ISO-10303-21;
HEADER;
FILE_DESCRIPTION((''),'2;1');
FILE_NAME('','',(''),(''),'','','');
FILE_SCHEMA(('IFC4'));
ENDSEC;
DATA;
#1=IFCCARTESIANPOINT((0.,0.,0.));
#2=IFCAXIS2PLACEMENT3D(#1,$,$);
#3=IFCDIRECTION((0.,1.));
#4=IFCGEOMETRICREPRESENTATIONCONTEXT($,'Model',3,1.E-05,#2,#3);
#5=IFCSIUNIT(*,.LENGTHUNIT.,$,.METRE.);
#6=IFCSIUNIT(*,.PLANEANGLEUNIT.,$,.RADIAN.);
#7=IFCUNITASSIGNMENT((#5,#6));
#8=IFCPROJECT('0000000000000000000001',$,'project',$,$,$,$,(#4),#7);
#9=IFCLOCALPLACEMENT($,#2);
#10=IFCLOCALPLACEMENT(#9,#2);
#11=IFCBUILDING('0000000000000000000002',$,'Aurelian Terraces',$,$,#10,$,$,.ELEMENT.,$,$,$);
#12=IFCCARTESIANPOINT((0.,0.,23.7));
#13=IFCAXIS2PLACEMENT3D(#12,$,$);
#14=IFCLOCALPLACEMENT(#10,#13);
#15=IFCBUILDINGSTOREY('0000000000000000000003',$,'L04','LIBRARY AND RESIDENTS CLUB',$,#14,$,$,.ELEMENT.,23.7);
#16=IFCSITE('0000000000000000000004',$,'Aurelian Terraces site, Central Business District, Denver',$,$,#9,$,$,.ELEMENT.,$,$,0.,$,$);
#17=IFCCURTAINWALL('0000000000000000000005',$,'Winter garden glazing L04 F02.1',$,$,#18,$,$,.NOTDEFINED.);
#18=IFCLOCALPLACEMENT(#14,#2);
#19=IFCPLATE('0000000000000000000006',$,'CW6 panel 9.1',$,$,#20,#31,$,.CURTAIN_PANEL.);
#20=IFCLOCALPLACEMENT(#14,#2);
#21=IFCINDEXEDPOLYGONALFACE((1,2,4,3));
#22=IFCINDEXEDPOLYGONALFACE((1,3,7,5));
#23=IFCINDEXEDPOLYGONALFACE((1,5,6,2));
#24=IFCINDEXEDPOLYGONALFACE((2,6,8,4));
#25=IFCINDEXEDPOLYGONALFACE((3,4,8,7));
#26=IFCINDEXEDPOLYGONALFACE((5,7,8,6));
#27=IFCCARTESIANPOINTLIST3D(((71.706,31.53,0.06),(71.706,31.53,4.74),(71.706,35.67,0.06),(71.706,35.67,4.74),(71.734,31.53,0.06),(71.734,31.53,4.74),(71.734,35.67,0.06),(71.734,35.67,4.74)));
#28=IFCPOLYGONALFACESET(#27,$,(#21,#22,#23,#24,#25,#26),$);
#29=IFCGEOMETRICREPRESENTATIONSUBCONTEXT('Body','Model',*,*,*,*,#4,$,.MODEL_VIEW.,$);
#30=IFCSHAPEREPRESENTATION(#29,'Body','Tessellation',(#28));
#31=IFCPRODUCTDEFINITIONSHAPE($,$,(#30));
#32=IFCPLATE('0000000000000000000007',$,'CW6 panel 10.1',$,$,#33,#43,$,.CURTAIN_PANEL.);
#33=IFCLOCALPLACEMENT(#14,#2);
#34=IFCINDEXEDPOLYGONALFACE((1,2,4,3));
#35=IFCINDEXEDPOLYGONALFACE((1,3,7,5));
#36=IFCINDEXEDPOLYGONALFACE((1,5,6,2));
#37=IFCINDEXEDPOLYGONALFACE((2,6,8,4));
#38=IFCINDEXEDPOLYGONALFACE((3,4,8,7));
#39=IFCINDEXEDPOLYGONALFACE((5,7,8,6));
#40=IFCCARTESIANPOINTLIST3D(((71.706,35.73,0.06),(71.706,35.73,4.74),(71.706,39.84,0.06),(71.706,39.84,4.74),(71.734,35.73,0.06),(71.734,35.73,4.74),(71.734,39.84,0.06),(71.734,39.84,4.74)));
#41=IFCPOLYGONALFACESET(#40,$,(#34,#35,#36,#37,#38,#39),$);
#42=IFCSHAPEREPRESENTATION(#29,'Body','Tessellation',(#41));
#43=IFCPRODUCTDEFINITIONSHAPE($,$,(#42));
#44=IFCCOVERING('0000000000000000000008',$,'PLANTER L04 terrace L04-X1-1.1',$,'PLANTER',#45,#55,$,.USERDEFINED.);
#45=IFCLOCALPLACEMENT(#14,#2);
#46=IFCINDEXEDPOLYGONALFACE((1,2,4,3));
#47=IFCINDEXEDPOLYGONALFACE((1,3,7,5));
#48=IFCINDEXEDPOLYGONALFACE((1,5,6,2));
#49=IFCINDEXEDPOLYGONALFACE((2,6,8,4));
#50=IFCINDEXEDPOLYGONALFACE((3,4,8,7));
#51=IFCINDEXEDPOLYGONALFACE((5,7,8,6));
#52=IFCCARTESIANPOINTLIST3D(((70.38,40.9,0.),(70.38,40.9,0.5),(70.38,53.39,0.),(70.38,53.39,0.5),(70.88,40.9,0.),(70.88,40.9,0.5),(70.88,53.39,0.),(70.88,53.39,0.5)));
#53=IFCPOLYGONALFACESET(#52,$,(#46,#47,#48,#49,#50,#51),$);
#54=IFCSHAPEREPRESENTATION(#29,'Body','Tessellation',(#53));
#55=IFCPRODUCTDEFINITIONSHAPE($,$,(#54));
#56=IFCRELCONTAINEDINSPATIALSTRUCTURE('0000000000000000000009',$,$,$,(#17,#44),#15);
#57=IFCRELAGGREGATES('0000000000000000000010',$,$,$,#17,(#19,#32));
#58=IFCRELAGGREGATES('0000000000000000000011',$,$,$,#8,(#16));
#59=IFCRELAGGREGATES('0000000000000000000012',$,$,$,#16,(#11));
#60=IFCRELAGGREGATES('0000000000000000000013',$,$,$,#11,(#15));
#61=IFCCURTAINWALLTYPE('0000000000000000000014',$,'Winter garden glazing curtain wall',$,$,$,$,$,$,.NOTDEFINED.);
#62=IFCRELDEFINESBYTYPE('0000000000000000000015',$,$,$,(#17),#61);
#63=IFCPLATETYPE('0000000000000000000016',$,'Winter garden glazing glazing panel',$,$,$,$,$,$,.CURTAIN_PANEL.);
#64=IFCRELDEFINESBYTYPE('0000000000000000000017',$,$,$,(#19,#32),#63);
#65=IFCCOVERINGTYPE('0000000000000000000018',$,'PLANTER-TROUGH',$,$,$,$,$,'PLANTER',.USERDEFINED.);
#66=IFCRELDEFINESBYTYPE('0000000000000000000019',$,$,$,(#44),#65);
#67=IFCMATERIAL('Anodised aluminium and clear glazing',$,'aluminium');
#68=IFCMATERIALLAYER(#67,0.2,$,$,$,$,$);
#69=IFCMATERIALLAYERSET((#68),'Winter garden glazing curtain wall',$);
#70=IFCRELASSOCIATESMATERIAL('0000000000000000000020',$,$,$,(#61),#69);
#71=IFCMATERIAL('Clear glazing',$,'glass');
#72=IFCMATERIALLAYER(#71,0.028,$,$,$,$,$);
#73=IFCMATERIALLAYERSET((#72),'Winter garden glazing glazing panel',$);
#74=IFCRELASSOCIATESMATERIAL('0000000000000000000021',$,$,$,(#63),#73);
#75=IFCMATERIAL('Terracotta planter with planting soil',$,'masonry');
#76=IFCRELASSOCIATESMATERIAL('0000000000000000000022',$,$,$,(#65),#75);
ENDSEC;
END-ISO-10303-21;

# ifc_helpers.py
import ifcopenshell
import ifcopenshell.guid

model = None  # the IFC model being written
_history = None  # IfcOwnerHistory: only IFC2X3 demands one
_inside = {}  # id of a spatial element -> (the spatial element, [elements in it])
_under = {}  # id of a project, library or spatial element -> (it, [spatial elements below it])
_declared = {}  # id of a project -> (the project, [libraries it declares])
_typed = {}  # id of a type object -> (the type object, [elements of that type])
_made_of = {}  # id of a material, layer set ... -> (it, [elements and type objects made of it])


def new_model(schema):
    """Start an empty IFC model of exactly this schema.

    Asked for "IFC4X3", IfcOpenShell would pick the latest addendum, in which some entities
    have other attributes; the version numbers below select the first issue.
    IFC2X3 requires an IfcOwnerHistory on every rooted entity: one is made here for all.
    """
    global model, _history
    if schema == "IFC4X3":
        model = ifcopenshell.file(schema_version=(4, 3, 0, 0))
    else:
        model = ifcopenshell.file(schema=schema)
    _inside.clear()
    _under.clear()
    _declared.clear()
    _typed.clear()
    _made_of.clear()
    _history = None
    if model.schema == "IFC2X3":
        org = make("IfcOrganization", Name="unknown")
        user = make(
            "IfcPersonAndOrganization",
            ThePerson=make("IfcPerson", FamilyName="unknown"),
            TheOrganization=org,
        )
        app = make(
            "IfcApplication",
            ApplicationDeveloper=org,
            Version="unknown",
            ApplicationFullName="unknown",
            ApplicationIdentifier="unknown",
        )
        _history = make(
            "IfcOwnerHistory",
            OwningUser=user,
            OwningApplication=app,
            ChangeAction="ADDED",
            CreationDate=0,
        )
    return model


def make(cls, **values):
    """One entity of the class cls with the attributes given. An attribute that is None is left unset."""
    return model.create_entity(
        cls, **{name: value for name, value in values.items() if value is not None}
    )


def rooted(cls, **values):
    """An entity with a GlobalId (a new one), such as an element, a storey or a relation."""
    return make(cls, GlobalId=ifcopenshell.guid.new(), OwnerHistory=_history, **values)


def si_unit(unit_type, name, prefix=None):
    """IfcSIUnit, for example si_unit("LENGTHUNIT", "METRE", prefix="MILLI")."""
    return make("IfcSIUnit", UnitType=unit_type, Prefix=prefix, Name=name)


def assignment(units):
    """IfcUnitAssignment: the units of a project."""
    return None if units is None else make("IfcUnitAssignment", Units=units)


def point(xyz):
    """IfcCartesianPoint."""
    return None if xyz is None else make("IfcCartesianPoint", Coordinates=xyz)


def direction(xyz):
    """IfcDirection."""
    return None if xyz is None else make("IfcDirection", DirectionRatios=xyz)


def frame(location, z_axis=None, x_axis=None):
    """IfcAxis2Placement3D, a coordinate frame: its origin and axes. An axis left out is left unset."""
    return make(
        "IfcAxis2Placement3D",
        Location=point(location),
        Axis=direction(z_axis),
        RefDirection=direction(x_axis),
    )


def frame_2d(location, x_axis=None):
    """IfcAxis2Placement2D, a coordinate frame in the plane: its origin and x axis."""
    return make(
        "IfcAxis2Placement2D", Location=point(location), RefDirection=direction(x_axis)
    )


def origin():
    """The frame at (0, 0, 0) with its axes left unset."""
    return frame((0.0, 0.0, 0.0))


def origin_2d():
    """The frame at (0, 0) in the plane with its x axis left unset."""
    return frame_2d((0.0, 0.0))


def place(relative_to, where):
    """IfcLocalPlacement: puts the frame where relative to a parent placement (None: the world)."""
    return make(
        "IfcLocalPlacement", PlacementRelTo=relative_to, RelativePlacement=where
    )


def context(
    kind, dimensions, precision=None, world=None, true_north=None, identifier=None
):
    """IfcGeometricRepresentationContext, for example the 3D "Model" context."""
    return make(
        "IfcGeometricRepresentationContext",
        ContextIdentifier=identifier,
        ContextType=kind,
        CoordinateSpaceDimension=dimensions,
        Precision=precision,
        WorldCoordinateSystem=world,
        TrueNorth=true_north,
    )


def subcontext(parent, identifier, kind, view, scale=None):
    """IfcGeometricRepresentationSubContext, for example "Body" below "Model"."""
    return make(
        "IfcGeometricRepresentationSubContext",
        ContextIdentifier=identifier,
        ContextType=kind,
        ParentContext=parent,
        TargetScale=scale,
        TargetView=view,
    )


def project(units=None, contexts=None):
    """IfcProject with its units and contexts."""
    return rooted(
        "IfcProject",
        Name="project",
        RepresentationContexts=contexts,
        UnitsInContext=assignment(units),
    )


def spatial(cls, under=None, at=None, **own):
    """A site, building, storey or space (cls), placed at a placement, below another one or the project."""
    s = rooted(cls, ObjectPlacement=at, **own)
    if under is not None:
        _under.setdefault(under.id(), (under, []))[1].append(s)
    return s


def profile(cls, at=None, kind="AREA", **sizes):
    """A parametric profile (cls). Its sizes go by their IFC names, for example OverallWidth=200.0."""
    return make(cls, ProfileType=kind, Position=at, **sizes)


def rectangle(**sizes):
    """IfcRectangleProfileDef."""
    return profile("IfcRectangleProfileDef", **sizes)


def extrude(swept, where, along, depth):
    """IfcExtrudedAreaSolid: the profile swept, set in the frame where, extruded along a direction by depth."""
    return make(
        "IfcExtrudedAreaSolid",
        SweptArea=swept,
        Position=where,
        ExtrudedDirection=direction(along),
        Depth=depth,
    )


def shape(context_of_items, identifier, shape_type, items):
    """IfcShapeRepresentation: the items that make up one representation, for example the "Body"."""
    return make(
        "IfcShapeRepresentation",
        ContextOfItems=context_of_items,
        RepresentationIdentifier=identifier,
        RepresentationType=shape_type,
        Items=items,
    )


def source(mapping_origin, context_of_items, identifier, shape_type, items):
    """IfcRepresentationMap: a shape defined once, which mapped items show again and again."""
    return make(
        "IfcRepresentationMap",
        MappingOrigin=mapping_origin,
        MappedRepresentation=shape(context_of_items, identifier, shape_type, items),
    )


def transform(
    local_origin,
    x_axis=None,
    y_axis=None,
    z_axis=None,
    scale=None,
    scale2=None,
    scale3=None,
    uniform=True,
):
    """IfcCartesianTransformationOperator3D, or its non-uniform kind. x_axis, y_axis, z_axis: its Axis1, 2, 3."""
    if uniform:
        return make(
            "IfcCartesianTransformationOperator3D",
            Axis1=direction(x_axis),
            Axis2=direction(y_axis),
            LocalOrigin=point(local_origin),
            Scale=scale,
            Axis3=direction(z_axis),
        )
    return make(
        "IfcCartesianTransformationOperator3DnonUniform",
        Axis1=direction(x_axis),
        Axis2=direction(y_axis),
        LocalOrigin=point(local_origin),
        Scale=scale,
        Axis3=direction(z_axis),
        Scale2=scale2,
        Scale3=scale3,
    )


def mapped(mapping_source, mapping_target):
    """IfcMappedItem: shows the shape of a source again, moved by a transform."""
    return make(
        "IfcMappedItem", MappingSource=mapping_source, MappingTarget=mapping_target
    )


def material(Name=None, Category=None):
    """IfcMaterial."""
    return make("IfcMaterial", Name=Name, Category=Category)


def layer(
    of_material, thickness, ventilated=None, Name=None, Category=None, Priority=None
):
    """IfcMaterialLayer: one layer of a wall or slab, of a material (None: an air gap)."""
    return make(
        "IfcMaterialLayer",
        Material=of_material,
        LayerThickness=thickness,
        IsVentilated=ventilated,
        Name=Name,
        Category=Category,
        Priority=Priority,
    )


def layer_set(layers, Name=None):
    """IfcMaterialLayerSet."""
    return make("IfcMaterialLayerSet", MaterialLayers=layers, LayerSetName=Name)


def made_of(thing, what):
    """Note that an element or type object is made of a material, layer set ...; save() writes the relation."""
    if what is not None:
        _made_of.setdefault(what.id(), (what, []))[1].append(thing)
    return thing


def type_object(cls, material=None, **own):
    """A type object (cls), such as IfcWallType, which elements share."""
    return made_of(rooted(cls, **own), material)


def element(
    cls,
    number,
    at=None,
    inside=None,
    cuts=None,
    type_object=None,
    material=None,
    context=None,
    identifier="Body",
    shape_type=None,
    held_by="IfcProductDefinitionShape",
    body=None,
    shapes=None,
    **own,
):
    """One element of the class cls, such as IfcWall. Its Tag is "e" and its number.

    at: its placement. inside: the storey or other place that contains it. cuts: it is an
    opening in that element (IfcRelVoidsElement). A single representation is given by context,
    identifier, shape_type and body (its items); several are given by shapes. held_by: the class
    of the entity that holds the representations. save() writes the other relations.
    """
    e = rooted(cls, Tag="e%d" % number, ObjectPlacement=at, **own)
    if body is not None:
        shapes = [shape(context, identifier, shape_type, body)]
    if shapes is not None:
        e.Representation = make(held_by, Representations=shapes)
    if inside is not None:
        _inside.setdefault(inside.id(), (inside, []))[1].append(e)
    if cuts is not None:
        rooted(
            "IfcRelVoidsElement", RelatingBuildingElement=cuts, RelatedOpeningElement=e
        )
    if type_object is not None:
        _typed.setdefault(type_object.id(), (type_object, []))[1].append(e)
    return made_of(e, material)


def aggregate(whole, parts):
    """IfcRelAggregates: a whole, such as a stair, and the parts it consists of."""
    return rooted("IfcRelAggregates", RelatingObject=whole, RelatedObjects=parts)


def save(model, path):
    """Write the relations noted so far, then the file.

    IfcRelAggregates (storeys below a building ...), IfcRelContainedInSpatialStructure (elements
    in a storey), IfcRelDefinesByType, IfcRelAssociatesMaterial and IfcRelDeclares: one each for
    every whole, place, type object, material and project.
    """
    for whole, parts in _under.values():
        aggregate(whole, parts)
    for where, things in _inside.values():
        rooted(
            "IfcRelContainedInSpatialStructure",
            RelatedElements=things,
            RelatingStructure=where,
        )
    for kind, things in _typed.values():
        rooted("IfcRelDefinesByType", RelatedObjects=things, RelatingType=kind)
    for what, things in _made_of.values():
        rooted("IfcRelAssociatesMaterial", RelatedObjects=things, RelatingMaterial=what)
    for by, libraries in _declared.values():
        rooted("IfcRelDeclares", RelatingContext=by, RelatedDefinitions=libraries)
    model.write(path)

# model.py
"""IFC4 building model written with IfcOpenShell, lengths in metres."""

from ifc_helpers import new_model, si_unit, direction, frame, origin, origin_2d, place, context, subcontext, project, spatial, rectangle, extrude, source, transform, mapped, material, layer, layer_set, type_object, element, aggregate, save


model = new_model("IFC4")

# Units and contexts
model_context = context("Model", 3, precision=1e-05, world=origin(), true_north=direction((0.0, 1.0)))
body_context = subcontext(model_context, "Body", "Model", "MODEL_VIEW")
ifc_project = project(units=[si_unit("LENGTHUNIT", "METRE"), si_unit("PLANEANGLEUNIT", "RADIAN")], contexts=[model_context])

# Site, building, storey
site_placement = place(None, origin())
site = spatial("IfcSite", under=ifc_project, at=site_placement, Name="Aurelian Terraces site, Central Business District, Denver", CompositionType="ELEMENT", RefElevation=0.0)
building_placement = place(site_placement, origin())
building = spatial("IfcBuilding", under=site, at=building_placement, Name="Aurelian Terraces", CompositionType="ELEMENT")
storey_placement = place(building_placement, frame((0.0, 0.0, 23.7)))
storey = spatial("IfcBuildingStorey", under=building, at=storey_placement, Name="L04", Description="LIBRARY AND RESIDENTS CLUB", CompositionType="ELEMENT", Elevation=23.7)

# Shared definitions
ifc_material_1 = material(Name="Anodised aluminium and clear glazing", Category="aluminium")
ifc_layer_1 = layer(ifc_material_1, 0.2)
ifc_layer_set_1 = layer_set([ifc_layer_1], Name="Winter garden glazing curtain wall")
curtain_wall_type = type_object("IfcCurtainWallType", Name="Winter garden glazing curtain wall", PredefinedType="NOTDEFINED", material=ifc_layer_set_1)

# Curtain wall
curtain_wall_1_placement = place(storey_placement, origin())
curtain_wall_1 = element("IfcCurtainWall", 1, at=curtain_wall_1_placement, inside=storey, type_object=curtain_wall_type, Name="Winter garden glazing L04 F02.1", PredefinedType="NOTDEFINED")

# Plates
ifc_material_2 = material(Name="Clear glazing", Category="glass")
ifc_layer_2 = layer(ifc_material_2, 0.028)
ifc_layer_set_2 = layer_set([ifc_layer_2], Name="Winter garden glazing glazing panel")
plate_type = type_object("IfcPlateType", Name="Winter garden glazing glazing panel", PredefinedType="CURTAIN_PANEL", material=ifc_layer_set_2)
shared_shape_1 = source(origin(), body_context, "Body", "SweptSolid", [
    extrude(rectangle(XDim=4.14, YDim=0.028, at=origin_2d()), origin(), (0.0, 0.0, 1.0), 4.68),
])
plate_1_placement = place(storey_placement, frame((71.72, 33.6, 0.06), z_axis=(0.0, 0.0, 1.0), x_axis=(0.0, 1.0, 0.0)))
plate_1 = element("IfcPlate", 2, at=plate_1_placement, type_object=plate_type, Name="CW6 panel 9.1", PredefinedType="CURTAIN_PANEL", context=body_context, shape_type="MappedRepresentation", body=[
    mapped(shared_shape_1, transform((0.0, 0.0, 0.0), scale=1.0)),
])
shared_shape_2 = source(origin(), body_context, "Body", "SweptSolid", [
    extrude(rectangle(XDim=4.11, YDim=0.028, at=origin_2d()), origin(), (0.0, 0.0, 1.0), 4.68),
])
plate_2_placement = place(storey_placement, frame((71.72, 37.785, 0.06), z_axis=(0.0, 0.0, 1.0), x_axis=(0.0, 1.0, 0.0)))
plate_2 = element("IfcPlate", 3, at=plate_2_placement, type_object=plate_type, Name="CW6 panel 10.1", PredefinedType="CURTAIN_PANEL", context=body_context, shape_type="MappedRepresentation", body=[
    mapped(shared_shape_2, transform((0.0, 0.0, 0.0), scale=1.0)),
])
aggregate(curtain_wall_1, [plate_1, plate_2])

# Covering
ifc_material_3 = material(Name="Terracotta planter with planting soil", Category="masonry")
covering_type = type_object("IfcCoveringType", Name="PLANTER-TROUGH", ElementType="PLANTER", PredefinedType="USERDEFINED", material=ifc_material_3)
shared_shape_3 = source(origin(), body_context, "Body", "SweptSolid", [
    extrude(rectangle(XDim=0.5, YDim=12.49, at=origin_2d()), origin(), (0.0, 0.0, 1.0), 0.5),
])
covering_placement = place(storey_placement, frame((70.63, 47.145, 0.0), z_axis=(0.0, 0.0, 1.0), x_axis=(1.0, 0.0, 0.0)))
element("IfcCovering", 4, at=covering_placement, inside=storey, type_object=covering_type, Name="PLANTER L04 terrace L04-X1-1.1", ObjectType="PLANTER", PredefinedType="USERDEFINED", context=body_context, shape_type="MappedRepresentation", body=[
    mapped(shared_shape_3, transform((0.0, 0.0, 0.0), scale=1.0)),
])

save(model, "model.ifc")
